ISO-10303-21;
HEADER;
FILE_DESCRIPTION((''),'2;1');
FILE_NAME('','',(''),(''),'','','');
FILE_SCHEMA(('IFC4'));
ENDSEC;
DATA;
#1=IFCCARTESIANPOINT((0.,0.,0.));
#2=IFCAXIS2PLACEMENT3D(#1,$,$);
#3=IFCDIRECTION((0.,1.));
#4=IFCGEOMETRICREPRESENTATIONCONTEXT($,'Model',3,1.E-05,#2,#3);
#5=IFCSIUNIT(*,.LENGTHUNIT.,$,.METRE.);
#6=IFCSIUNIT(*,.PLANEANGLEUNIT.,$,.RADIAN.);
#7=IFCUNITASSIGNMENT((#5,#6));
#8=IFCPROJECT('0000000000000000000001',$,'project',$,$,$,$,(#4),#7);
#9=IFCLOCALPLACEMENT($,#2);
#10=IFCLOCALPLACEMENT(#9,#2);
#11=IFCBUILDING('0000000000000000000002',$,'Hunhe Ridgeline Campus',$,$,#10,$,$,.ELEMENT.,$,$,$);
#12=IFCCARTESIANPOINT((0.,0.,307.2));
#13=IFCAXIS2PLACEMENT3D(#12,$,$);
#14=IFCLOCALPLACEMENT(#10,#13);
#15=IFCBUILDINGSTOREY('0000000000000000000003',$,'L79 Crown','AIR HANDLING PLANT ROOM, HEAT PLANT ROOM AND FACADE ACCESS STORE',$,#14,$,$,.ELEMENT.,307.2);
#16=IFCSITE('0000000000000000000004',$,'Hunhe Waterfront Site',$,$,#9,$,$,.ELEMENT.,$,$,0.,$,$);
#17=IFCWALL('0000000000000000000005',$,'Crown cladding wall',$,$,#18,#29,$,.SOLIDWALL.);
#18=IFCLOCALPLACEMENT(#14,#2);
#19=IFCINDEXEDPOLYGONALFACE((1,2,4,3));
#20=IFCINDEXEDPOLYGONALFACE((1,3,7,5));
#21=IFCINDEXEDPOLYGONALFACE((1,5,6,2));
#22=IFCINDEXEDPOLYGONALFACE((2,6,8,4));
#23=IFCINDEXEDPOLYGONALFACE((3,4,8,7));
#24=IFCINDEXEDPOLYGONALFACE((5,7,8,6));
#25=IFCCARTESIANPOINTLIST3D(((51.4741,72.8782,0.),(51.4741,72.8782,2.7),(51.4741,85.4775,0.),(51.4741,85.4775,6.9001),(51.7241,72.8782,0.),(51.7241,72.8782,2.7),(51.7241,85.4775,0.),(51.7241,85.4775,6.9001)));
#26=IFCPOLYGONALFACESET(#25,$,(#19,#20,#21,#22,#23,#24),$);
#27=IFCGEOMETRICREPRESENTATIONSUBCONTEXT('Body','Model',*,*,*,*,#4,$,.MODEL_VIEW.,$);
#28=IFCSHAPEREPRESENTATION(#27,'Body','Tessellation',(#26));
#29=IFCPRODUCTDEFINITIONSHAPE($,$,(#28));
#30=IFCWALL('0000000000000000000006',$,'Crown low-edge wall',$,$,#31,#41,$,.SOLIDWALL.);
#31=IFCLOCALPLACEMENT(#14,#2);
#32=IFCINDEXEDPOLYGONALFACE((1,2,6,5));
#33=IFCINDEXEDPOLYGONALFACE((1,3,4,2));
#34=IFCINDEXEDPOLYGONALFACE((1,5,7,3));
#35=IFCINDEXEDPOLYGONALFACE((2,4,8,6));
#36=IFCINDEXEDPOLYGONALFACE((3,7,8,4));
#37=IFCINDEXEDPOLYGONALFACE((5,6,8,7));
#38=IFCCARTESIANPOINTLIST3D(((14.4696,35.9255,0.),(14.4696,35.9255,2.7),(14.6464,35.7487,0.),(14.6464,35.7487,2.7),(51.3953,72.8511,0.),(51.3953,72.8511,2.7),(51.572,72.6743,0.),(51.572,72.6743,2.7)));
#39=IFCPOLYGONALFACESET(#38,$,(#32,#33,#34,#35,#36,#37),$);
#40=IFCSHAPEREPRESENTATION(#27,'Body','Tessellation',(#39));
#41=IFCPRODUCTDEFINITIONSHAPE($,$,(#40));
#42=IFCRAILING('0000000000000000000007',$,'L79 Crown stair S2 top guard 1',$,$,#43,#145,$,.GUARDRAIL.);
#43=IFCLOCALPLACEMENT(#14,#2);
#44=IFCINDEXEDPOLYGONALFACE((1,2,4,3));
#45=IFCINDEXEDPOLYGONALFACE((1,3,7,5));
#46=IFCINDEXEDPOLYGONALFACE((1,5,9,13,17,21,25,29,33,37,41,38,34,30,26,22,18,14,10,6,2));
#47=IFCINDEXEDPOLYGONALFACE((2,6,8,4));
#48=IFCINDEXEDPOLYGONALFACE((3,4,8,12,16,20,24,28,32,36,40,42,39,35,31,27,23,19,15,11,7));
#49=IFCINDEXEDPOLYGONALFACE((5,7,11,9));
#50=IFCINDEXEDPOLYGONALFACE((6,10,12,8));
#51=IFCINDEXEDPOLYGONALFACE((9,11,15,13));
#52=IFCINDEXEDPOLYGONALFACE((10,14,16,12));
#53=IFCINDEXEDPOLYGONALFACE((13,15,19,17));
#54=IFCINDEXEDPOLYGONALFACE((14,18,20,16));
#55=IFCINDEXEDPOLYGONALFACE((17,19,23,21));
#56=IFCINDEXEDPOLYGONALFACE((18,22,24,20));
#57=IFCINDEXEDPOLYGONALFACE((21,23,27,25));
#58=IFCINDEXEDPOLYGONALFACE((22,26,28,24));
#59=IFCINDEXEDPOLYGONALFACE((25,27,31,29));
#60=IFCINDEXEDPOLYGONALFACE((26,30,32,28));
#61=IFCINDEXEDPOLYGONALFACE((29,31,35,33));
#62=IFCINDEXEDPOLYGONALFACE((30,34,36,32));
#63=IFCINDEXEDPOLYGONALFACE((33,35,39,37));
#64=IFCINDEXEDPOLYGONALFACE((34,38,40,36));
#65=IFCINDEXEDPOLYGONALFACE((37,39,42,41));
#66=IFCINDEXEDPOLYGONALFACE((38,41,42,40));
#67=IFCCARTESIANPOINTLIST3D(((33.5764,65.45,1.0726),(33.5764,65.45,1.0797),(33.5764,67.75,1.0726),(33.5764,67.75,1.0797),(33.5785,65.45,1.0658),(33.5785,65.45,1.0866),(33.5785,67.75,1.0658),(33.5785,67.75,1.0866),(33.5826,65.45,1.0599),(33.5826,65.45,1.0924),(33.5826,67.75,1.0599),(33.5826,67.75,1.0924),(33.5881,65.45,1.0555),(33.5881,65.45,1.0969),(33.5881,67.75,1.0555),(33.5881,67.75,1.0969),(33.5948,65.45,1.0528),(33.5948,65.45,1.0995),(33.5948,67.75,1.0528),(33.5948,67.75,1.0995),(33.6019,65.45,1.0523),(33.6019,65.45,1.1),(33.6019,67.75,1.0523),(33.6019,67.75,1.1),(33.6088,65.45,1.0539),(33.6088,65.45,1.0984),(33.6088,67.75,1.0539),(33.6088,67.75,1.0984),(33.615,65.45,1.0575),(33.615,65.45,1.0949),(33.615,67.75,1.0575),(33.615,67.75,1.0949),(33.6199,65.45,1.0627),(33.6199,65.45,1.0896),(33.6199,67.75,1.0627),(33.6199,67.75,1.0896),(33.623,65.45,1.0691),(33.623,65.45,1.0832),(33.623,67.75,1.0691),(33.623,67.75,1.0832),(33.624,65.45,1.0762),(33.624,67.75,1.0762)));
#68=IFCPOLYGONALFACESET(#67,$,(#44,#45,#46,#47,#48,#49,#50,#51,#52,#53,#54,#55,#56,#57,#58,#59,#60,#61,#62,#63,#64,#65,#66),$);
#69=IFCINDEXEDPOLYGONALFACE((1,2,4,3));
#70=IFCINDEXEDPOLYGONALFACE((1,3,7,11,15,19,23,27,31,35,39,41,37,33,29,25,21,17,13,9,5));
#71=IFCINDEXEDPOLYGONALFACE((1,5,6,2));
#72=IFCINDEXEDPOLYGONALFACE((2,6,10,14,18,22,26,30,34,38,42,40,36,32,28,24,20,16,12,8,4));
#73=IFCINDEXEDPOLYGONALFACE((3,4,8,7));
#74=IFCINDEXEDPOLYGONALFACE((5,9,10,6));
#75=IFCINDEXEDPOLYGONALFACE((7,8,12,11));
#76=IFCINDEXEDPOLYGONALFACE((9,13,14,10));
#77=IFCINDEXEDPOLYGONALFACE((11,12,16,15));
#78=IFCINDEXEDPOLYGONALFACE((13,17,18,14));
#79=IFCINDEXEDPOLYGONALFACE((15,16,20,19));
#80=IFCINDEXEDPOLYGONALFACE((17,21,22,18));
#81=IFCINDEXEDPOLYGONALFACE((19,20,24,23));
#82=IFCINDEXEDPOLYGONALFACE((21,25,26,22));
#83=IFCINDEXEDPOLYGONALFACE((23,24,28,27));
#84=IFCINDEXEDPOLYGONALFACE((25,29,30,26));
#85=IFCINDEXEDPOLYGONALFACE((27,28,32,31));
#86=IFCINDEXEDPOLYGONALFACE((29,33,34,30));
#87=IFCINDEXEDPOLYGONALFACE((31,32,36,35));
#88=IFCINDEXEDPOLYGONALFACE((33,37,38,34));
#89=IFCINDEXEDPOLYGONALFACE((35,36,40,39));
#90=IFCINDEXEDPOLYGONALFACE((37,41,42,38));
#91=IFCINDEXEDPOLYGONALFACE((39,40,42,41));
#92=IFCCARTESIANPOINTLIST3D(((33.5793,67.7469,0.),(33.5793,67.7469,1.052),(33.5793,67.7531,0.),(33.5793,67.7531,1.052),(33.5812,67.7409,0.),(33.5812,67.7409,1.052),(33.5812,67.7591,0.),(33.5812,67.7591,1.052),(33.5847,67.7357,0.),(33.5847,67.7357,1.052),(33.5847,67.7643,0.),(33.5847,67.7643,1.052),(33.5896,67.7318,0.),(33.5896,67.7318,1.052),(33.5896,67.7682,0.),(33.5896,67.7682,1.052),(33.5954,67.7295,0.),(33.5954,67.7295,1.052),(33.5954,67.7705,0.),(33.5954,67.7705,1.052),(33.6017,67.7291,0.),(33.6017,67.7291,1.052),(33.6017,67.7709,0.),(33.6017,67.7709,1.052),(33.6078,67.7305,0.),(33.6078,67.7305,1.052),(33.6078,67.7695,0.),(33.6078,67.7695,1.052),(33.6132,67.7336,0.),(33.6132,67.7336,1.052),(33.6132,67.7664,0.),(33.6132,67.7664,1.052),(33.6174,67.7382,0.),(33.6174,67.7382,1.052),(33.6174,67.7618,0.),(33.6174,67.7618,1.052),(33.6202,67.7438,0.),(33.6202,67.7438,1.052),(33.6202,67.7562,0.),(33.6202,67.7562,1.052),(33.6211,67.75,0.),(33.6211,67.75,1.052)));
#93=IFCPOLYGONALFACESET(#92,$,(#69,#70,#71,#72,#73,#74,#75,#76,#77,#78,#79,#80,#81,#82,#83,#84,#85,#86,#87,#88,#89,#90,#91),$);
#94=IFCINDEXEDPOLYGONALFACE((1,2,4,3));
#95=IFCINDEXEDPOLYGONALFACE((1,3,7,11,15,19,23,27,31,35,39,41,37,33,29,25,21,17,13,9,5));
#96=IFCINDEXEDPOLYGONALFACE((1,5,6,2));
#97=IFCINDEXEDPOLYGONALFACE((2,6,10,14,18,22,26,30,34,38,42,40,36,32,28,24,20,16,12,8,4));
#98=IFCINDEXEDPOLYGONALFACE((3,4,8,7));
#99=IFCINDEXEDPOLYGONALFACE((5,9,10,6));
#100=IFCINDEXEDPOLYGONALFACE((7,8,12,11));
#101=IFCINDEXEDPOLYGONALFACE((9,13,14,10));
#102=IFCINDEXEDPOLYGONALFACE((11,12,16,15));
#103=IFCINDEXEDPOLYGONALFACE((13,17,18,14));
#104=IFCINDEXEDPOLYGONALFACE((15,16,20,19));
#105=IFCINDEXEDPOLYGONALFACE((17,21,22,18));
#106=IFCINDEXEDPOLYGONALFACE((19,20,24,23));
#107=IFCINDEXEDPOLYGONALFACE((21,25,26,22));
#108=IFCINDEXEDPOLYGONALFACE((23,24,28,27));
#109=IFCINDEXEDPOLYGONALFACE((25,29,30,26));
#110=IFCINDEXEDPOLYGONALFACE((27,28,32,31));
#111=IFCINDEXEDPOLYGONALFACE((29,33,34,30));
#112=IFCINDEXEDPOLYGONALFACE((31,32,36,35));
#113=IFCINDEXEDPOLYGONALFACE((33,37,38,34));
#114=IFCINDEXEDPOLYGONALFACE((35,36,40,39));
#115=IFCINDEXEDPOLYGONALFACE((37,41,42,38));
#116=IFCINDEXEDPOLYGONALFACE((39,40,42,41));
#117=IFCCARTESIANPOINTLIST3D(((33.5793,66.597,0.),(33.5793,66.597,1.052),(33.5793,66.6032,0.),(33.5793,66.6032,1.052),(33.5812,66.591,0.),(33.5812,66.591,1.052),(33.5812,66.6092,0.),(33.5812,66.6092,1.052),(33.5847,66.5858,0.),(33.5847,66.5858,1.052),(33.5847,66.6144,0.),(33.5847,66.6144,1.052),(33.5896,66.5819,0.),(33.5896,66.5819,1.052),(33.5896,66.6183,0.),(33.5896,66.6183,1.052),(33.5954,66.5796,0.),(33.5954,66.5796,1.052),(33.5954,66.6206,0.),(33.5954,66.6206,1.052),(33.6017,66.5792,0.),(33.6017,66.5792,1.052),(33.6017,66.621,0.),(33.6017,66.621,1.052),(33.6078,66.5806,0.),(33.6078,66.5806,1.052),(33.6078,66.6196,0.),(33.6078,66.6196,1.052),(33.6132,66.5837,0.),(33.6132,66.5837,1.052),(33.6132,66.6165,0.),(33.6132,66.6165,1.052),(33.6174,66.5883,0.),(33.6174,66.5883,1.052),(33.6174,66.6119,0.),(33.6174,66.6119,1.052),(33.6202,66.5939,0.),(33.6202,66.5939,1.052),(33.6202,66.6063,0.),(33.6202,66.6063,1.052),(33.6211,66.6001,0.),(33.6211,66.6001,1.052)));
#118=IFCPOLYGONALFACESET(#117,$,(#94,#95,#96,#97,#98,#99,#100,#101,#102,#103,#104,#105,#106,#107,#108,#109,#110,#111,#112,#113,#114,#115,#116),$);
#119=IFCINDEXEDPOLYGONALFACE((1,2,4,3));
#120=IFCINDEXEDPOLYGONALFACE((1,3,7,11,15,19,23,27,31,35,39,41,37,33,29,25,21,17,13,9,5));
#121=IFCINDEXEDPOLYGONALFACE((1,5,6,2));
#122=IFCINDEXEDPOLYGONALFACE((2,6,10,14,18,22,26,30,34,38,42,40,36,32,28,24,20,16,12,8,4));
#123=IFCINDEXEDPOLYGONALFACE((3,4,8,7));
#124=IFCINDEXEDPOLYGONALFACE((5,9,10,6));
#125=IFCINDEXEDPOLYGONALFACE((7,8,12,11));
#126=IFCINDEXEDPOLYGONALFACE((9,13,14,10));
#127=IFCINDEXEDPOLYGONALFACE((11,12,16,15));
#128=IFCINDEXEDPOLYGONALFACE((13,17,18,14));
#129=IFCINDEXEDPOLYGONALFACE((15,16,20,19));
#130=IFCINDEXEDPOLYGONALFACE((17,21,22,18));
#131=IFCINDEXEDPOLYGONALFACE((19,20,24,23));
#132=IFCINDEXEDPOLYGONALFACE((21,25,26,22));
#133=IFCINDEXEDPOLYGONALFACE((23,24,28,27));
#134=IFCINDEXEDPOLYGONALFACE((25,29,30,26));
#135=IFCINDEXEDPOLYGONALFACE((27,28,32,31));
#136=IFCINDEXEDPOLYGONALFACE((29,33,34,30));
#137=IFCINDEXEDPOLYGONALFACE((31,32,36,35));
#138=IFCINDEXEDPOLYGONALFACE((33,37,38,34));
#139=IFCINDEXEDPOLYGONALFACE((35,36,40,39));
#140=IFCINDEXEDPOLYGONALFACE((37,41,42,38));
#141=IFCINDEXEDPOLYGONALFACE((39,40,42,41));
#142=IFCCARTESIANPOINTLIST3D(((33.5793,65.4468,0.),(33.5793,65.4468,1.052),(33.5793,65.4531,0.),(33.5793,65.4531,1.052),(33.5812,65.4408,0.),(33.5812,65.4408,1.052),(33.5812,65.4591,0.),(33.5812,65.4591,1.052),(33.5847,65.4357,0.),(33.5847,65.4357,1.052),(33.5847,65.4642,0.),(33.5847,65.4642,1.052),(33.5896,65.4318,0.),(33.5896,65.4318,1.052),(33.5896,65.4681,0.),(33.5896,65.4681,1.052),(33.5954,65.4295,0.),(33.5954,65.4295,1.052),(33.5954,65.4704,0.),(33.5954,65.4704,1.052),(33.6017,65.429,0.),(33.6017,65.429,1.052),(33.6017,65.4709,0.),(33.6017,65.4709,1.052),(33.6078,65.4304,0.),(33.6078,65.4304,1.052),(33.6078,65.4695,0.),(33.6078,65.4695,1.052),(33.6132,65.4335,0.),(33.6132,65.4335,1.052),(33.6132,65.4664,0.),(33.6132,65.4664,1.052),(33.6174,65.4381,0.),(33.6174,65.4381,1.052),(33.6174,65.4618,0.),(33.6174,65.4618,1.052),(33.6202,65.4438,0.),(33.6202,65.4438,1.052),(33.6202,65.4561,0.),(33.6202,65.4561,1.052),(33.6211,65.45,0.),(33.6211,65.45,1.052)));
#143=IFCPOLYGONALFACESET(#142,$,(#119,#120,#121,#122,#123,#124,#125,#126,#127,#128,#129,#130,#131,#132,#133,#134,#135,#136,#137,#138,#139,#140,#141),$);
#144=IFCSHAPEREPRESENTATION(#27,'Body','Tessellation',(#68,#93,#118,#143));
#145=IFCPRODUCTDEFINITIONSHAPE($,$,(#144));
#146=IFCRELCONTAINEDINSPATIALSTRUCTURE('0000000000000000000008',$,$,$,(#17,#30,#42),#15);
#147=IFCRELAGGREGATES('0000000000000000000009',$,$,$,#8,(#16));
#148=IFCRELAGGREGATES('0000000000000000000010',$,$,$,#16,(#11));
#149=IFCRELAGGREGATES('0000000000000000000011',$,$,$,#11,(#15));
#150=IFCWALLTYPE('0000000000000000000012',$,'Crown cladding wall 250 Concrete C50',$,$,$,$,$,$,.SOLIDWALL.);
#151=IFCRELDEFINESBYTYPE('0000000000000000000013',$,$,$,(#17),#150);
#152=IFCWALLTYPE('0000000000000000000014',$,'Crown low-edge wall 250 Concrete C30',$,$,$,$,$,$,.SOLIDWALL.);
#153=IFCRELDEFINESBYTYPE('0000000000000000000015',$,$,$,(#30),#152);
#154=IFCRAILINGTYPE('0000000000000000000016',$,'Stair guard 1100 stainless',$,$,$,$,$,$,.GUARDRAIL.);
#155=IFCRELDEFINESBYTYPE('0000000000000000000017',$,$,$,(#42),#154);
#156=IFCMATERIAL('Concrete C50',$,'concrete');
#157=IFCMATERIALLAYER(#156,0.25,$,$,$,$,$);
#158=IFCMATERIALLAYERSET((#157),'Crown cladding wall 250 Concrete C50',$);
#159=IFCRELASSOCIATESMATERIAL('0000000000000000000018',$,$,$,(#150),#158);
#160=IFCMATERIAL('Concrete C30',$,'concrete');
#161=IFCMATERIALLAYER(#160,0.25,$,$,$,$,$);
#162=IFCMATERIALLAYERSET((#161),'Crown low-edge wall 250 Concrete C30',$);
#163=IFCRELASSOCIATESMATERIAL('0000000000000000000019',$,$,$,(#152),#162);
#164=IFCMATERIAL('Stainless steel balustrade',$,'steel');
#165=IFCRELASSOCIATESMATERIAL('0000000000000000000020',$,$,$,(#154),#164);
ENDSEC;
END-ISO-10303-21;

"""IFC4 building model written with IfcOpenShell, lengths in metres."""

from ifc_helpers import new_model, si_unit, direction, frame, frame_2d, origin, origin_2d, place, context, subcontext, project, spatial, polyline, rectangle, circle, outline, extrude, material, layer, layer_set, type_object, element, save


model = new_model("IFC4")

# Units and contexts
model_context = context("Model", 3, precision=1e-05, world=origin(), true_north=direction((0.0, 1.0)))
body_context = subcontext(model_context, "Body", "Model", "MODEL_VIEW")
ifc_project = project(units=[si_unit("LENGTHUNIT", "METRE"), si_unit("PLANEANGLEUNIT", "RADIAN")], contexts=[model_context])

# Site, building, storey
site_placement = place(None, origin())
site = spatial("IfcSite", under=ifc_project, at=site_placement, Name="Hunhe Waterfront Site", CompositionType="ELEMENT", RefElevation=0.0)
building_placement = place(site_placement, origin())
building = spatial("IfcBuilding", under=site, at=building_placement, Name="Hunhe Ridgeline Campus", CompositionType="ELEMENT")
storey_placement = place(building_placement, frame((0.0, 0.0, 307.2)))
storey = spatial("IfcBuildingStorey", under=building, at=storey_placement, Name="L79 Crown", Description="AIR HANDLING PLANT ROOM, HEAT PLANT ROOM AND FACADE ACCESS STORE", CompositionType="ELEMENT", Elevation=307.2)

# Shared definitions
ifc_material_1 = material(Name="Concrete C50", Category="concrete")

# Walls
ifc_layer_1 = layer(ifc_material_1, 0.25)
ifc_layer_set_1 = layer_set([ifc_layer_1], Name="Crown cladding wall 250 Concrete C50")
wall_type_1 = type_object("IfcWallType", Name="Crown cladding wall 250 Concrete C50", PredefinedType="SOLIDWALL", material=ifc_layer_set_1)
wall_1_placement = place(storey_placement, frame((51.5991, 72.8782, 0.0), z_axis=(0.0, 0.0, 1.0), x_axis=(0.0, 1.0, 0.0)))
element("IfcWall", 1, at=wall_1_placement, inside=storey, type_object=wall_type_1, Name="Crown cladding wall", PredefinedType="SOLIDWALL", context=body_context, shape_type="SweptSolid", body=[
    extrude(outline(polyline([(0.0, 0.0), (12.5994, 0.0), (12.5994, 6.9001), (0.0, 2.7), (0.0, 0.0)])), frame((0.0, 0.125, 0.0), z_axis=(0.0, -1.0, 0.0), x_axis=(1.0, 0.0, 0.0)), (0.0, 0.0, 1.0), 0.25),
])
ifc_material_2 = material(Name="Concrete C30", Category="concrete")
ifc_layer_2 = layer(ifc_material_2, 0.25)
ifc_layer_set_2 = layer_set([ifc_layer_2], Name="Crown low-edge wall 250 Concrete C30")
wall_type_2 = type_object("IfcWallType", Name="Crown low-edge wall 250 Concrete C30", PredefinedType="SOLIDWALL", material=ifc_layer_set_2)
wall_2_placement = place(storey_placement, frame((51.4836, 72.7627, 0.0), z_axis=(0.0, 0.0, 1.0), x_axis=(-0.707107, -0.707107, 0.0)))
element("IfcWall", 2, at=wall_2_placement, inside=storey, type_object=wall_type_2, Name="Crown low-edge wall", PredefinedType="SOLIDWALL", context=body_context, shape_type="SweptSolid", body=[
    extrude(rectangle(XDim=52.2207, YDim=0.25, at=frame_2d((26.1104, 0.0))), origin(), (0.0, 0.0, 1.0), 2.7),
])

# Railing
ifc_material_3 = material(Name="Stainless steel balustrade", Category="steel")
railing_type = type_object("IfcRailingType", Name="Stair guard 1100 stainless", PredefinedType="GUARDRAIL", material=ifc_material_3)
railing_placement = place(storey_placement, frame((33.6001, 67.75, 0.0)))
element("IfcRailing", 3, at=railing_placement, inside=storey, type_object=railing_type, Name="L79 Crown stair S2 top guard 1", PredefinedType="GUARDRAIL", context=body_context, shape_type="SweptSolid", body=[
    extrude(circle(Radius=0.0239, at=origin_2d()), frame((0.0, 0.0, 1.0762), z_axis=(0.0, -1.0, 0.0), x_axis=(1.0, 0.0, 0.0)), (0.0, 0.0, 1.0), 2.3),
    extrude(circle(Radius=0.021, at=origin_2d()), origin(), (0.0, 0.0, 1.0), 1.052),
    extrude(circle(Radius=0.021, at=origin_2d()), frame((0.0, -1.1499, 0.0)), (0.0, 0.0, 1.0), 1.052),
    extrude(circle(Radius=0.021, at=origin_2d()), frame((0.0, -2.3, 0.0)), (0.0, 0.0, 1.0), 1.052),
])

save(model, "model.ifc")
